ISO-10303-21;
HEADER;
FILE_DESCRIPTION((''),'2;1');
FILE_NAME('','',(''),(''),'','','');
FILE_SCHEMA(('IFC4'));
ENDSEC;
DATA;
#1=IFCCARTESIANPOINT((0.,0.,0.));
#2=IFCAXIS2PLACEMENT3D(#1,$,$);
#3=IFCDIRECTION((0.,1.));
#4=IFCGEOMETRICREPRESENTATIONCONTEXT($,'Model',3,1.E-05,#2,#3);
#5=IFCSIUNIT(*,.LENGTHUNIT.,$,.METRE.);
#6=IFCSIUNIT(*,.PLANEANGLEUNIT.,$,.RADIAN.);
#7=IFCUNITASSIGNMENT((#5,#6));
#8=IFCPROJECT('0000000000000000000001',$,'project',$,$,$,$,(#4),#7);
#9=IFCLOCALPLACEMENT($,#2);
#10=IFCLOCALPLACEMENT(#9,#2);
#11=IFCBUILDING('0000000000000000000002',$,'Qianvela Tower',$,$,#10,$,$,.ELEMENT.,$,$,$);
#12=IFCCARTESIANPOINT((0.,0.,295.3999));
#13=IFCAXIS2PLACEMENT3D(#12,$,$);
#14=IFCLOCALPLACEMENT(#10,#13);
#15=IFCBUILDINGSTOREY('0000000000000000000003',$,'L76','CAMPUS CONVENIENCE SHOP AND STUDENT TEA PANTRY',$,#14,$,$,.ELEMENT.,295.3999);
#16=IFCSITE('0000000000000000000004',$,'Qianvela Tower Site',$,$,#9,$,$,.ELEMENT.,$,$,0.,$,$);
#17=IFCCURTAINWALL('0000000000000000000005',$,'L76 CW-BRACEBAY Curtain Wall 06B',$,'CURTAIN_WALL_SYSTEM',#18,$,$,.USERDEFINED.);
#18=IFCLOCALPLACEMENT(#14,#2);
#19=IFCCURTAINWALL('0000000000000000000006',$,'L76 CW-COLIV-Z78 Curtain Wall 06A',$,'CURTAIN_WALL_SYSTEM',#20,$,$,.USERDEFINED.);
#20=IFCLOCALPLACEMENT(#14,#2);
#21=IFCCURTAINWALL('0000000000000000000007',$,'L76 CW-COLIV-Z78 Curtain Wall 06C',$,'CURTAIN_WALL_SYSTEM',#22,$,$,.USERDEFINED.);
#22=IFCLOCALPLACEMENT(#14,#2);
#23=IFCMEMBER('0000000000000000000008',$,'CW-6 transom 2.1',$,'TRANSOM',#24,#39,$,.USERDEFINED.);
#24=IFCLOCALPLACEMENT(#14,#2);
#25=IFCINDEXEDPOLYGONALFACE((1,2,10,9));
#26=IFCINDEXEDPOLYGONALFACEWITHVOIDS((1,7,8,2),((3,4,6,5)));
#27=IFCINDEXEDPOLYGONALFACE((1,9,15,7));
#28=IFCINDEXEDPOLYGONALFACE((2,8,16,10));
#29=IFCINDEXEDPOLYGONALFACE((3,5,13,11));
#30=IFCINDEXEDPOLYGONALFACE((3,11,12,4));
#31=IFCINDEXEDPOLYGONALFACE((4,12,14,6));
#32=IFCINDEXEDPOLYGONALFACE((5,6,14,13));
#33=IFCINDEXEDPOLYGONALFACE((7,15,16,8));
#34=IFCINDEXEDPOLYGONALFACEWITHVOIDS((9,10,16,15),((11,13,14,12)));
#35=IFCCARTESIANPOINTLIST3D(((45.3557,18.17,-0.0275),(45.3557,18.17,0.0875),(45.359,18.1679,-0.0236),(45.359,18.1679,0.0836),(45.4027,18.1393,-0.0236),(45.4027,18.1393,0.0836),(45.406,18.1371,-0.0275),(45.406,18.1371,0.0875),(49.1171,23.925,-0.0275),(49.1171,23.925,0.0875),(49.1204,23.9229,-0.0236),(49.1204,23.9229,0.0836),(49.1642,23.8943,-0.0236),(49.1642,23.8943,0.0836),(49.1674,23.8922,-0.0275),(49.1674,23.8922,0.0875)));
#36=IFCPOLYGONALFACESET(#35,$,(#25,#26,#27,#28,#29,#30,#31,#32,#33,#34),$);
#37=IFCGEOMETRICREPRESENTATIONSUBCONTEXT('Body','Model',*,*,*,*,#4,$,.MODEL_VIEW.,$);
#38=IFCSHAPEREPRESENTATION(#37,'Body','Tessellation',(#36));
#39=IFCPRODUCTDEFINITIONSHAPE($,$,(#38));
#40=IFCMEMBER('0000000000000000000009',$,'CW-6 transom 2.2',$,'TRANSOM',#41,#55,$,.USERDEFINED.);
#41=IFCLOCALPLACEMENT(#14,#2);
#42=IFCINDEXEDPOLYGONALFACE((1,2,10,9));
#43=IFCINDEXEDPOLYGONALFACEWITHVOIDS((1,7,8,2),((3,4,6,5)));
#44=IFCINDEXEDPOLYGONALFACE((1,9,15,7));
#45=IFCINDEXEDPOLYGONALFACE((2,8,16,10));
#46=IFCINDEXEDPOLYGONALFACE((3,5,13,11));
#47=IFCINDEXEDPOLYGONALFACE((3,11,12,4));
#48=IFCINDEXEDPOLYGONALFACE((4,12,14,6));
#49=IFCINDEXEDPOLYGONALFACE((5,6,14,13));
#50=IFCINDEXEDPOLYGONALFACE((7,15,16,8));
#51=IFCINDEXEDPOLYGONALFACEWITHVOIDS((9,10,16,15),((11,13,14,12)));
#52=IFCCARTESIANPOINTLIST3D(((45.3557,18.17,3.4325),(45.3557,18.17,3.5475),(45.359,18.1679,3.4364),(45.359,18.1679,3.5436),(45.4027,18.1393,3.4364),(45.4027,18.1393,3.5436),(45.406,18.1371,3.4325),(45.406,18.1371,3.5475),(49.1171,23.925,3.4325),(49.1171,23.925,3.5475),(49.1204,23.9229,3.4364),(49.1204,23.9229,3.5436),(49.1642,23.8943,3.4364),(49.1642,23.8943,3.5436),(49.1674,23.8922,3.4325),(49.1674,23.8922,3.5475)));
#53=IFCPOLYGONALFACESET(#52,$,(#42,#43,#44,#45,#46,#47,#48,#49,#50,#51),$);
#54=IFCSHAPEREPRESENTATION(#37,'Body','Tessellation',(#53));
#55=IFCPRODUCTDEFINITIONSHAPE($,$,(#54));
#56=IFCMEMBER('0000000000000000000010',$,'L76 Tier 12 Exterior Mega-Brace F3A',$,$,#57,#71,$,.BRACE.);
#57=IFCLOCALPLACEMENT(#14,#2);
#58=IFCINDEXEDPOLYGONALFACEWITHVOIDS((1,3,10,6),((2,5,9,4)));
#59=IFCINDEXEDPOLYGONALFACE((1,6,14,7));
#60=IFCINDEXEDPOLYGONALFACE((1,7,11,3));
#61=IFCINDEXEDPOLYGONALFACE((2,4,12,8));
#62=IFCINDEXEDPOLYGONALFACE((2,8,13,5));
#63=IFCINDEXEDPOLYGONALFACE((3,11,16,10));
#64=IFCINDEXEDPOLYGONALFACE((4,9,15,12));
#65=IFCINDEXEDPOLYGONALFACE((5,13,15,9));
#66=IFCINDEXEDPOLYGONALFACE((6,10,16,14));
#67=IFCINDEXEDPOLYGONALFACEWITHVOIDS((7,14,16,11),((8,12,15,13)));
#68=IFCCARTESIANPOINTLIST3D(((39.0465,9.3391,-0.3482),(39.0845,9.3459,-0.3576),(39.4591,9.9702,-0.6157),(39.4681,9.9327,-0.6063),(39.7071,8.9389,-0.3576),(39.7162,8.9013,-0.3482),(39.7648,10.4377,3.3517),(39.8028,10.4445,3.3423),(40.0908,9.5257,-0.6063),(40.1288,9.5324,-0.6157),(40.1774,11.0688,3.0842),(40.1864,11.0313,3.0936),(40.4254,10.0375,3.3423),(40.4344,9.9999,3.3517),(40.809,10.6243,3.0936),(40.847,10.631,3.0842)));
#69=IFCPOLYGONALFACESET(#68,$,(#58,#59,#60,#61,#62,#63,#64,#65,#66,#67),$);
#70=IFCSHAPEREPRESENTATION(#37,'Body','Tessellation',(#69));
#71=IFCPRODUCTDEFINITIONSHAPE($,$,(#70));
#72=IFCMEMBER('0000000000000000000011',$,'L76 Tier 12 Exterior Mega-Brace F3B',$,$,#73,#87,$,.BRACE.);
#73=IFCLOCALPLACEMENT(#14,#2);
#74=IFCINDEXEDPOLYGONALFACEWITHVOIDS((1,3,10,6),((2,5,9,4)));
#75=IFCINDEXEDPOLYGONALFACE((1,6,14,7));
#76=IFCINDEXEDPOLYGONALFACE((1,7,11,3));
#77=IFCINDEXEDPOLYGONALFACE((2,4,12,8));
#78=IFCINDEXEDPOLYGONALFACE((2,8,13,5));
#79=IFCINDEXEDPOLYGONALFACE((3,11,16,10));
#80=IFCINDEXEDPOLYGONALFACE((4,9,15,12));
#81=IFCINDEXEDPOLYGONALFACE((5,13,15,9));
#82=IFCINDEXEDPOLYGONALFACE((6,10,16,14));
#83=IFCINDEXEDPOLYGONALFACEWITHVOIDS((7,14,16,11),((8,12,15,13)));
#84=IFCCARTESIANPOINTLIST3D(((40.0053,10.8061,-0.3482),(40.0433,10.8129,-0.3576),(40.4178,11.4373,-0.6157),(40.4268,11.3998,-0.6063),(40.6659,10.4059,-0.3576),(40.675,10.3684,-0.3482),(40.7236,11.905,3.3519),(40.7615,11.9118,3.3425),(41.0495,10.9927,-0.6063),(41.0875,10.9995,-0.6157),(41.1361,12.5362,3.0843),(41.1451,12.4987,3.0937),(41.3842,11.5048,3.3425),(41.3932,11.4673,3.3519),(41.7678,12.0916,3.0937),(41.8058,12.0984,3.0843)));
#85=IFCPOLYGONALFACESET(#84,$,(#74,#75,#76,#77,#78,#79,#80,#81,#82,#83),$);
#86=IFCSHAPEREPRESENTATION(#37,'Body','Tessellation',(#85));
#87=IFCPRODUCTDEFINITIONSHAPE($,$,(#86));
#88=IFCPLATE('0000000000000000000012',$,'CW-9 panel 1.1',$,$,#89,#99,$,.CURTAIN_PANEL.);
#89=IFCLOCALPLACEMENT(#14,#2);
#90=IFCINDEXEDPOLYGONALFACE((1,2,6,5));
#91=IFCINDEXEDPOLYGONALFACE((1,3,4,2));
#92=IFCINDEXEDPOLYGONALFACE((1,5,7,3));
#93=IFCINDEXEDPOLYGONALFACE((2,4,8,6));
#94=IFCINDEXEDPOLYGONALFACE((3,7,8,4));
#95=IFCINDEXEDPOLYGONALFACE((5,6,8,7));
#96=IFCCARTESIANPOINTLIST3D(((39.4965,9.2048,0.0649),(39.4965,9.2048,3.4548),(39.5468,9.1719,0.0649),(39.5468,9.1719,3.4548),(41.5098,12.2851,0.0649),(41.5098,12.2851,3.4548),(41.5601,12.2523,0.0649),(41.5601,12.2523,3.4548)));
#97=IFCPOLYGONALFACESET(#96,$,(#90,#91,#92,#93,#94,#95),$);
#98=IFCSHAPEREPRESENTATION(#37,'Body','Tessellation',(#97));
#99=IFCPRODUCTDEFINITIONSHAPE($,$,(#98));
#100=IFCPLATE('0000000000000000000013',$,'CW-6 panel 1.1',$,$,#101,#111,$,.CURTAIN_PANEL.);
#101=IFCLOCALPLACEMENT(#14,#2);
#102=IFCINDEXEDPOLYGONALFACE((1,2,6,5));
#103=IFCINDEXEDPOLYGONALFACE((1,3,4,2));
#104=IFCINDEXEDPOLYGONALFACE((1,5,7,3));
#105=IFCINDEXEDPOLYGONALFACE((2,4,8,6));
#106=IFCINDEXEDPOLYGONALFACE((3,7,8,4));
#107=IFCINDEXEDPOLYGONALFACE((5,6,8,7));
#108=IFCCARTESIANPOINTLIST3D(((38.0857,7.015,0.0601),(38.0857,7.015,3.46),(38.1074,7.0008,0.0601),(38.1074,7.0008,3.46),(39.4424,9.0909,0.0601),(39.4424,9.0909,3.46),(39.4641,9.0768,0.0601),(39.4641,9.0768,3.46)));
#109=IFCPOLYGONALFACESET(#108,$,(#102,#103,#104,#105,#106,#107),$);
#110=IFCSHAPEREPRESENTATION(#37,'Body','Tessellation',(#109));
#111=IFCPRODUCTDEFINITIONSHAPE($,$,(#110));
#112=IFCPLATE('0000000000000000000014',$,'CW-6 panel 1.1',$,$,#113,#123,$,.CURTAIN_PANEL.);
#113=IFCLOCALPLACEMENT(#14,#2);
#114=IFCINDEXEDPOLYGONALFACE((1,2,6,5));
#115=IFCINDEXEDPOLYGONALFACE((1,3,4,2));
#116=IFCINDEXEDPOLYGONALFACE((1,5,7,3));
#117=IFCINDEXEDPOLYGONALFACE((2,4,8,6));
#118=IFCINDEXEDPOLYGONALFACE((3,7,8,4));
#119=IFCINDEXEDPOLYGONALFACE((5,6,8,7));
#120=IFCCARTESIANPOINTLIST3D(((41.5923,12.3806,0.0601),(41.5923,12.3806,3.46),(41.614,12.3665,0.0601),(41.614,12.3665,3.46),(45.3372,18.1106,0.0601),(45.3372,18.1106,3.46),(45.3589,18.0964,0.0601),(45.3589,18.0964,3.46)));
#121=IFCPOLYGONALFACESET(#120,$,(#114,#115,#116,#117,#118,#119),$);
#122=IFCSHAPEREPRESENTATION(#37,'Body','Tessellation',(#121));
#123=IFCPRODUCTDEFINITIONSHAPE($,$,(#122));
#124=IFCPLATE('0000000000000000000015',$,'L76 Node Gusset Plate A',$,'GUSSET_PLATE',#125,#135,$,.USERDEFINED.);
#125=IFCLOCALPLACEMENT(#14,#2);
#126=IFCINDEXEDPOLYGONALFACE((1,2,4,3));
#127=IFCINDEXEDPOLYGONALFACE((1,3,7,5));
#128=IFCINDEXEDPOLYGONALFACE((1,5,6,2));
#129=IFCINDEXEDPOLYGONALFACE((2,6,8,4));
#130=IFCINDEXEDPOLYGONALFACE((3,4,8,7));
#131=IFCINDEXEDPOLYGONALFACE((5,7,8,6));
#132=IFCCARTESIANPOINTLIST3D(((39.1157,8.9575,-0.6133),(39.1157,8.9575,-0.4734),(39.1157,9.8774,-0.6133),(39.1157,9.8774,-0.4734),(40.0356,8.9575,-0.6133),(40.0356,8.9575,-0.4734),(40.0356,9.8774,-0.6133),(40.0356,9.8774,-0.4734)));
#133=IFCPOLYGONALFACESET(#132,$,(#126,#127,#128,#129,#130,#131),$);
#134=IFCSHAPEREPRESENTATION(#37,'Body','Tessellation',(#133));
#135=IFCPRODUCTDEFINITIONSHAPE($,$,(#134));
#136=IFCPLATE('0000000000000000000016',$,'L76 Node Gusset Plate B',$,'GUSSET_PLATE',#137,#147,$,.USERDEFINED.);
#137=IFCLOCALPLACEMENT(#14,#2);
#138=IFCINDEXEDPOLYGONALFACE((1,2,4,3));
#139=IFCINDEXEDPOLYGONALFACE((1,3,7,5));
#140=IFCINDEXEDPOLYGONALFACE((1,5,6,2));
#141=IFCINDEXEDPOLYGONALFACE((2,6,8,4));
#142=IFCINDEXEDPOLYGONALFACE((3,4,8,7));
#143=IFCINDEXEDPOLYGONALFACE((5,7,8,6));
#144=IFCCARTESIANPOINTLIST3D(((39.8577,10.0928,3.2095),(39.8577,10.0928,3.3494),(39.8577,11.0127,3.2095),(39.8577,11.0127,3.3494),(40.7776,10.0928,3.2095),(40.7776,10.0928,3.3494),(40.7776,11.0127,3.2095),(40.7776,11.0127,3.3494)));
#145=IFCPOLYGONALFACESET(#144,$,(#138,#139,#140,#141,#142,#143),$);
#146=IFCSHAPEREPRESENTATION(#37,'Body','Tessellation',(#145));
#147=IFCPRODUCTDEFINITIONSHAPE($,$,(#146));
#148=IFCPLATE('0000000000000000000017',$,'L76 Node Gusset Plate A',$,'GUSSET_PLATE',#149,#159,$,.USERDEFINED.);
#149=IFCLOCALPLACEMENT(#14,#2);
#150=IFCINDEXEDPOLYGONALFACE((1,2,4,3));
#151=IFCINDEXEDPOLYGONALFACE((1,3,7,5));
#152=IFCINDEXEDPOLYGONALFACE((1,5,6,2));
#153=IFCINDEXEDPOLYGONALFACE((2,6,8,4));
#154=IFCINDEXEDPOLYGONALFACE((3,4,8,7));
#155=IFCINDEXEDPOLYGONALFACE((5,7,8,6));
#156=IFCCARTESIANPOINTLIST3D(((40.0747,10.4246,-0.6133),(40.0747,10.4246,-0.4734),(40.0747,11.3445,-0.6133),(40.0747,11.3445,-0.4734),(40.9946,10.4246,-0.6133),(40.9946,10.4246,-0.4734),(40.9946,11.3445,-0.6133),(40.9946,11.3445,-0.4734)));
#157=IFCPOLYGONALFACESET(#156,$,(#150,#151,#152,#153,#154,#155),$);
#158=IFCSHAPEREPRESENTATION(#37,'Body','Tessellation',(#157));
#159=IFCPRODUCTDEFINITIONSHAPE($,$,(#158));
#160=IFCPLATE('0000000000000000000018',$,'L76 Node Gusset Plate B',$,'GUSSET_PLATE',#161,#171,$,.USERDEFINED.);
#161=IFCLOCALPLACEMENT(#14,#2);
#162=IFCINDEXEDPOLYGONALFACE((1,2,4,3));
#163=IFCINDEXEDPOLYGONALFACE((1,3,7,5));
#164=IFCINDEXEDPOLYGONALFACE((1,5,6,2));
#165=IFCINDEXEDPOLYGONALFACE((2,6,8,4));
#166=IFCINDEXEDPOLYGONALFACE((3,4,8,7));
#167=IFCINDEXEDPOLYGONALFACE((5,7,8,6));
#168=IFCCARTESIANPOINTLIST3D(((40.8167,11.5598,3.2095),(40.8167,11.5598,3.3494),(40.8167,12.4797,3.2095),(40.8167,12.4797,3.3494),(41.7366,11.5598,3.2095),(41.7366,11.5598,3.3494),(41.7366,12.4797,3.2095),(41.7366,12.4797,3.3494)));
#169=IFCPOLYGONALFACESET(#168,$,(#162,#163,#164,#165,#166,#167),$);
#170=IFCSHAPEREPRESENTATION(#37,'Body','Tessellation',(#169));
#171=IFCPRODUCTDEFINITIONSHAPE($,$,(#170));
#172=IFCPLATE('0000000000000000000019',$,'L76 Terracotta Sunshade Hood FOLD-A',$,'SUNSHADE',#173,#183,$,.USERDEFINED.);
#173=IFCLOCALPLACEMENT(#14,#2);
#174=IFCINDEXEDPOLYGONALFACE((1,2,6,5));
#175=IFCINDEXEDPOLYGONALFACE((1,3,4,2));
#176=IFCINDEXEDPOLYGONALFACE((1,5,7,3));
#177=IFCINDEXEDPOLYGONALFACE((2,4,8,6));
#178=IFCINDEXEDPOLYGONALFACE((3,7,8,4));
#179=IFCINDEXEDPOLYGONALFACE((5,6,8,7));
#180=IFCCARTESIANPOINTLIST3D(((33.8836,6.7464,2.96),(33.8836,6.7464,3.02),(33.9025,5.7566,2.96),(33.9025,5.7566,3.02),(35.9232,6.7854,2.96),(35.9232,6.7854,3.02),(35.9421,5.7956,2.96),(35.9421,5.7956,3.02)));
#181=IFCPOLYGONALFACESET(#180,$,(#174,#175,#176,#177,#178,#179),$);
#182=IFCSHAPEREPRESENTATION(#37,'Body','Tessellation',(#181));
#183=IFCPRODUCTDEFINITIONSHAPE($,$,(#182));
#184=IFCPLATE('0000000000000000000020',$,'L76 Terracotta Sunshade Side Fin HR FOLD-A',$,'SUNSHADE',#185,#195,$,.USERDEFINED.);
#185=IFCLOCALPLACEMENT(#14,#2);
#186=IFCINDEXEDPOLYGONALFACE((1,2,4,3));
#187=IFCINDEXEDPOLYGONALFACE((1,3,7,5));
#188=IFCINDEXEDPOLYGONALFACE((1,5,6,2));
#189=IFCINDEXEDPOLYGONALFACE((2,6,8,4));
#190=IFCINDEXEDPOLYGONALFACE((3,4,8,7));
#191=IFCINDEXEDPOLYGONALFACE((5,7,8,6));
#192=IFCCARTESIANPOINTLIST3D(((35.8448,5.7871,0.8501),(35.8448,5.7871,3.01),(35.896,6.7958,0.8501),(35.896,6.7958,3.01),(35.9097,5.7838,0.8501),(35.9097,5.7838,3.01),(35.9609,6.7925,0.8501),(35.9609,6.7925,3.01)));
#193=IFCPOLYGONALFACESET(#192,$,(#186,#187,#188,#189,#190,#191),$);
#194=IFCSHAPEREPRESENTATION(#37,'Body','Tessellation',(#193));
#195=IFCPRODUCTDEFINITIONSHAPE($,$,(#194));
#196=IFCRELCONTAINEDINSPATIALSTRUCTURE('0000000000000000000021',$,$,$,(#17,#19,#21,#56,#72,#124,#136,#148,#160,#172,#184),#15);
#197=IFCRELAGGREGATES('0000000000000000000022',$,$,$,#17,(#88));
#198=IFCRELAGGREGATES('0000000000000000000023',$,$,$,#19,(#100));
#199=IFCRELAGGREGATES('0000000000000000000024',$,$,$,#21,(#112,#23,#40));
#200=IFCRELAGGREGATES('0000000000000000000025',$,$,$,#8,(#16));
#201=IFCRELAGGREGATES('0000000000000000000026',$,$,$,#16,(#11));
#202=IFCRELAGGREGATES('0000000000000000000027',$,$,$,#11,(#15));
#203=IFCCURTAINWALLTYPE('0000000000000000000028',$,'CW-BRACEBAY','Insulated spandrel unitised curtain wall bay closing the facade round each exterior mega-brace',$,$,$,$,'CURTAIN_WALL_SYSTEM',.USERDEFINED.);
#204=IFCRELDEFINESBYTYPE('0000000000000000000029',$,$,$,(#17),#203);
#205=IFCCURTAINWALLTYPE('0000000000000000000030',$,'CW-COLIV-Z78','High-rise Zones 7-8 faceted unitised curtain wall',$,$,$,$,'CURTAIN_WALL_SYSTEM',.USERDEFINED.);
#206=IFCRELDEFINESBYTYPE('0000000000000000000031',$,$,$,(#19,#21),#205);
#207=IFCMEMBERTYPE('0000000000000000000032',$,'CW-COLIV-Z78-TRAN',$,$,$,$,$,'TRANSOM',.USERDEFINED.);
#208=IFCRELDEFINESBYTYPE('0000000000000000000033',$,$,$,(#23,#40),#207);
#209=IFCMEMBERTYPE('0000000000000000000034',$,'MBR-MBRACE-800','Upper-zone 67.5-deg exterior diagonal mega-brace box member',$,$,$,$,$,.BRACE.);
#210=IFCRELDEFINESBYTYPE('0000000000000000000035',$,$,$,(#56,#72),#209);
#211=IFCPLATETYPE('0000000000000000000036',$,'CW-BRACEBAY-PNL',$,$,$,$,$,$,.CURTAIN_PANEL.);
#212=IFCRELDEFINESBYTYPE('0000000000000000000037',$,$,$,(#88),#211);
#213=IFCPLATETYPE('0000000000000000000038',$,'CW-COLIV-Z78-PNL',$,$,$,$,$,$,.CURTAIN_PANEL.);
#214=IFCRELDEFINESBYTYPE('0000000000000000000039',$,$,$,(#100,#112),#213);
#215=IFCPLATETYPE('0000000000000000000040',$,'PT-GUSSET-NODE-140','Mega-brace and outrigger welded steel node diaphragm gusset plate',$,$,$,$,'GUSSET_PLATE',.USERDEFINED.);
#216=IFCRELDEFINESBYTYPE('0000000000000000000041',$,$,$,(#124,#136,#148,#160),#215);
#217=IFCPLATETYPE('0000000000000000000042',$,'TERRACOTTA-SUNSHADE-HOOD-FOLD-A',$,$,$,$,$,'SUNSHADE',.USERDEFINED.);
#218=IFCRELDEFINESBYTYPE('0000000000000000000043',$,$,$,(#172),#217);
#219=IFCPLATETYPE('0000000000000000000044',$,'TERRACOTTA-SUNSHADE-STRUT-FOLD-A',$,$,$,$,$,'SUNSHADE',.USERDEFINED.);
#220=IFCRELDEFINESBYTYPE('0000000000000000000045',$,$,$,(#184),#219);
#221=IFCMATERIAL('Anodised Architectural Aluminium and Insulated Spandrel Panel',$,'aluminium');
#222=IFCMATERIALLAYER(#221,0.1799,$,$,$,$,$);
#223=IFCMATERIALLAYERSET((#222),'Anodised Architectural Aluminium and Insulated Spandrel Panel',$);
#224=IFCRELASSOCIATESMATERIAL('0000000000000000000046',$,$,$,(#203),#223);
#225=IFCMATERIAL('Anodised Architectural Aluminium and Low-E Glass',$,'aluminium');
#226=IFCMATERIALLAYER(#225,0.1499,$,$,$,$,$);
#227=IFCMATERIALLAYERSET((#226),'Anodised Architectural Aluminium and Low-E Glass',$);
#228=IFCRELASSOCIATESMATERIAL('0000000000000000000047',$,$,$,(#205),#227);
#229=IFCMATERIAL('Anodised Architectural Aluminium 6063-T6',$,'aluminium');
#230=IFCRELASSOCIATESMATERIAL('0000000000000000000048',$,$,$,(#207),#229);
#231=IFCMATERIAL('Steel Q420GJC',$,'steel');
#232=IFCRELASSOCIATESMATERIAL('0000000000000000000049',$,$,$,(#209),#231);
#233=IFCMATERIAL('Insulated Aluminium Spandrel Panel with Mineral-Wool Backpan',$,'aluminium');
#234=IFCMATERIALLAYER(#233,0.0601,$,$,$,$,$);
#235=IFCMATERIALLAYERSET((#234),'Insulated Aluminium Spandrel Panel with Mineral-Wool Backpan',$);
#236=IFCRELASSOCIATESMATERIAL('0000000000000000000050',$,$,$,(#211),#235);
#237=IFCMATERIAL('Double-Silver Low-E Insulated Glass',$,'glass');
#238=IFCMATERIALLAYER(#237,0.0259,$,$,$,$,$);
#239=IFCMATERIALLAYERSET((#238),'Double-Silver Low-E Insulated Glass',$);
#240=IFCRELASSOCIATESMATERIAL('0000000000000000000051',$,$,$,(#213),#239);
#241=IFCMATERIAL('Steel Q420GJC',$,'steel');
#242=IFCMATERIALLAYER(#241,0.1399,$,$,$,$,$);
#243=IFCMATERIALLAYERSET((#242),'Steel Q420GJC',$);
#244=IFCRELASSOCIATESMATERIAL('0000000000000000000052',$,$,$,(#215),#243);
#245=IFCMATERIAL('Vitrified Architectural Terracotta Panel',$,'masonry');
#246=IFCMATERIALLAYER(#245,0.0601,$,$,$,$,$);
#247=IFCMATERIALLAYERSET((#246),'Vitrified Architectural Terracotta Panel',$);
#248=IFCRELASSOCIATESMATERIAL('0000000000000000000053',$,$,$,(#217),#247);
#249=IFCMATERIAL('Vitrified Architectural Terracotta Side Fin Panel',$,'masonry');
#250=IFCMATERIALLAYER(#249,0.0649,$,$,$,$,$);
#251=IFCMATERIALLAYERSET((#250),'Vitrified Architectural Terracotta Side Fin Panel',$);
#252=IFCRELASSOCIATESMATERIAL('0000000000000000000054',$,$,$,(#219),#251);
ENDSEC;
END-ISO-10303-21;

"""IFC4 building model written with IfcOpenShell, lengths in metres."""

from ifc_helpers import new_model, si_unit, direction, frame, origin, origin_2d, place, context, subcontext, project, spatial, rectangle, hollow_rectangle, extrude, material, layer, layer_set, material_profile, profile_set, type_object, element, aggregate, save


model = new_model("IFC4")

# Units and contexts
model_context = context("Model", 3, precision=1e-05, world=origin(), true_north=direction((0.0, 1.0)))
body_context = subcontext(model_context, "Body", "Model", "MODEL_VIEW")
ifc_project = project(units=[si_unit("LENGTHUNIT", "METRE"), si_unit("PLANEANGLEUNIT", "RADIAN")], contexts=[model_context])

# Site, building, storey
site_placement = place(None, origin())
site = spatial("IfcSite", under=ifc_project, at=site_placement, Name="Qianvela Tower Site", CompositionType="ELEMENT", RefElevation=0.0)
building_placement = place(site_placement, origin())
building = spatial("IfcBuilding", under=site, at=building_placement, Name="Qianvela Tower", CompositionType="ELEMENT")
storey_placement = place(building_placement, frame((0.0, 0.0, 295.3999)))
storey = spatial("IfcBuildingStorey", under=building, at=storey_placement, Name="L76", Description="CAMPUS CONVENIENCE SHOP AND STUDENT TEA PANTRY", CompositionType="ELEMENT", Elevation=295.3999)

# Curtain walls
ifc_material_1 = material(Name="Anodised Architectural Aluminium and Insulated Spandrel Panel", Category="aluminium")
ifc_layer_1 = layer(ifc_material_1, 0.1799)
ifc_layer_set_1 = layer_set([ifc_layer_1], Name="Anodised Architectural Aluminium and Insulated Spandrel Panel")
curtain_wall_type_1 = type_object("IfcCurtainWallType", Name="CW-BRACEBAY", Description="Insulated spandrel unitised curtain wall bay closing the facade round each exterior mega-brace", ElementType="CURTAIN_WALL_SYSTEM", PredefinedType="USERDEFINED", material=ifc_layer_set_1)
curtain_wall_1_placement = place(storey_placement, origin())
curtain_wall_1 = element("IfcCurtainWall", 1, at=curtain_wall_1_placement, inside=storey, type_object=curtain_wall_type_1, Name="L76 CW-BRACEBAY Curtain Wall 06B", ObjectType="CURTAIN_WALL_SYSTEM", PredefinedType="USERDEFINED")
ifc_material_2 = material(Name="Anodised Architectural Aluminium and Low-E Glass", Category="aluminium")
ifc_layer_2 = layer(ifc_material_2, 0.1499)
ifc_layer_set_2 = layer_set([ifc_layer_2], Name="Anodised Architectural Aluminium and Low-E Glass")
curtain_wall_type_2 = type_object("IfcCurtainWallType", Name="CW-COLIV-Z78", Description="High-rise Zones 7-8 faceted unitised curtain wall", ElementType="CURTAIN_WALL_SYSTEM", PredefinedType="USERDEFINED", material=ifc_layer_set_2)
curtain_wall_2_placement = place(storey_placement, origin())
curtain_wall_2 = element("IfcCurtainWall", 2, at=curtain_wall_2_placement, inside=storey, type_object=curtain_wall_type_2, Name="L76 CW-COLIV-Z78 Curtain Wall 06A", ObjectType="CURTAIN_WALL_SYSTEM", PredefinedType="USERDEFINED")
curtain_wall_3_placement = place(storey_placement, origin())
curtain_wall_3 = element("IfcCurtainWall", 3, at=curtain_wall_3_placement, inside=storey, type_object=curtain_wall_type_2, Name="L76 CW-COLIV-Z78 Curtain Wall 06C", ObjectType="CURTAIN_WALL_SYSTEM", PredefinedType="USERDEFINED")

# Members
ifc_material_3 = material(Name="Anodised Architectural Aluminium 6063-T6", Category="aluminium")
ifc_material_profile_1 = material_profile(ifc_material_3, hollow_rectangle(XDim=0.0601, YDim=0.115, WallThickness=0.0039, at=origin_2d()), Name="ALU-TRAN-60x115")
ifc_profile_set_1 = profile_set([ifc_material_profile_1], Name="Anodised Architectural Aluminium 6063-T6")
member_type_1 = type_object("IfcMemberType", Name="CW-COLIV-Z78-TRAN", ElementType="TRANSOM", PredefinedType="USERDEFINED", material=ifc_profile_set_1)
member_1_placement = place(storey_placement, frame((45.3809, 18.1536, 0.03), z_axis=(0.547097, 0.837069, 0.0), x_axis=(-0.837069, 0.547097, 0.0)))
member_1 = element("IfcMember", 4, at=member_1_placement, type_object=member_type_1, Name="CW-6 transom 2.1", ObjectType="TRANSOM", PredefinedType="USERDEFINED", context=body_context, shape_type="SweptSolid", body=[
    extrude(hollow_rectangle(XDim=0.0601, YDim=0.115, WallThickness=0.0039, at=origin_2d()), origin(), (0.0, 0.0, 1.0), 6.8752),
])
member_2_placement = place(storey_placement, frame((45.3809, 18.1536, 3.49), z_axis=(0.547097, 0.837069, 0.0), x_axis=(-0.837069, 0.547097, 0.0)))
member_2 = element("IfcMember", 5, at=member_2_placement, type_object=member_type_1, Name="CW-6 transom 2.2", ObjectType="TRANSOM", PredefinedType="USERDEFINED", context=body_context, shape_type="SweptSolid", body=[
    extrude(hollow_rectangle(XDim=0.0601, YDim=0.115, WallThickness=0.0039, at=origin_2d()), origin(), (0.0, 0.0, 1.0), 6.8752),
])

# Members
ifc_material_4 = material(Name="Steel Q420GJC", Category="steel")
ifc_material_profile_2 = material_profile(ifc_material_4, hollow_rectangle(XDim=0.8, YDim=0.8, WallThickness=0.0281, at=origin_2d()), Name="MBOX-800x800x28")
ifc_profile_set_2 = profile_set([ifc_material_profile_2], Name="Steel Q420GJC")
member_type_2 = type_object("IfcMemberType", Name="MBR-MBRACE-800", Description="Upper-zone 67.5-deg exterior diagonal mega-brace box member", PredefinedType="BRACE", material=ifc_profile_set_2)
member_3_placement = place(storey_placement, frame((39.5876, 9.4358, -0.4819), z_axis=(0.182956, 0.279844, 0.942451), x_axis=(-0.836996, 0.547209, 0.0)))
element("IfcMember", 6, at=member_3_placement, inside=storey, type_object=member_type_2, Name="L76 Tier 12 Exterior Mega-Brace F3A", PredefinedType="BRACE", context=body_context, shape_type="SweptSolid", body=[
    extrude(hollow_rectangle(XDim=0.8, YDim=0.8, WallThickness=0.0281, at=origin_2d()), origin(), (0.0, 0.0, 1.0), 3.9258),
])
member_4_placement = place(storey_placement, frame((40.5464, 10.9028, -0.4819), z_axis=(0.182952, 0.279901, 0.942435), x_axis=(-0.837052, 0.547124, 0.0)))
element("IfcMember", 7, at=member_4_placement, inside=storey, type_object=member_type_2, Name="L76 Tier 12 Exterior Mega-Brace F3B", PredefinedType="BRACE", context=body_context, shape_type="SweptSolid", body=[
    extrude(hollow_rectangle(XDim=0.8, YDim=0.8, WallThickness=0.0281, at=origin_2d()), origin(), (0.0, 0.0, 1.0), 3.926),
])

# Plates
ifc_material_5 = material(Name="Insulated Aluminium Spandrel Panel with Mineral-Wool Backpan", Category="aluminium")
ifc_layer_3 = layer(ifc_material_5, 0.0601)
ifc_layer_set_3 = layer_set([ifc_layer_3], Name="Insulated Aluminium Spandrel Panel with Mineral-Wool Backpan")
plate_type_1 = type_object("IfcPlateType", Name="CW-BRACEBAY-PNL", PredefinedType="CURTAIN_PANEL", material=ifc_layer_set_3)
plate_1_placement = place(storey_placement, frame((40.5283, 10.7285, 0.0649), z_axis=(0.0, 0.0, 1.0), x_axis=(0.547094, 0.837071, 0.0)))
plate_1 = element("IfcPlate", 8, at=plate_1_placement, type_object=plate_type_1, Name="CW-9 panel 1.1", PredefinedType="CURTAIN_PANEL", context=body_context, shape_type="SweptSolid", body=[
    extrude(rectangle(XDim=3.6799, YDim=0.0601, at=origin_2d()), origin(), (0.0, 0.0, 1.0), 3.3899),
])
aggregate(curtain_wall_1, [plate_1])
ifc_material_6 = material(Name="Double-Silver Low-E Insulated Glass", Category="glass")
ifc_layer_4 = layer(ifc_material_6, 0.0259)
ifc_layer_set_4 = layer_set([ifc_layer_4], Name="Double-Silver Low-E Insulated Glass")
plate_type_2 = type_object("IfcPlateType", Name="CW-COLIV-Z78-PNL", PredefinedType="CURTAIN_PANEL", material=ifc_layer_set_4)
plate_2_placement = place(storey_placement, frame((38.7749, 8.0459, 0.0601), z_axis=(0.0, 0.0, 1.0), x_axis=(0.547079, 0.837081, 0.0)))
plate_2 = element("IfcPlate", 9, at=plate_2_placement, type_object=plate_type_2, Name="CW-6 panel 1.1", PredefinedType="CURTAIN_PANEL", context=body_context, shape_type="SweptSolid", body=[
    extrude(rectangle(XDim=2.48, YDim=0.0259, at=origin_2d()), origin(), (0.0, 0.0, 1.0), 3.3999),
])
aggregate(curtain_wall_2, [plate_2])
plate_3_placement = place(storey_placement, frame((43.4756, 15.2385, 0.0601), z_axis=(0.0, 0.0, 1.0), x_axis=(0.547081, 0.83708, 0.0)))
plate_3 = element("IfcPlate", 10, at=plate_3_placement, type_object=plate_type_2, Name="CW-6 panel 1.1", PredefinedType="CURTAIN_PANEL", context=body_context, shape_type="SweptSolid", body=[
    extrude(rectangle(XDim=6.8452, YDim=0.0259, at=origin_2d()), origin(), (0.0, 0.0, 1.0), 3.3999),
])
aggregate(curtain_wall_3, [plate_3, member_1, member_2])

# Plates
ifc_material_7 = material(Name="Steel Q420GJC", Category="steel")
ifc_layer_5 = layer(ifc_material_7, 0.1399)
ifc_layer_set_5 = layer_set([ifc_layer_5], Name="Steel Q420GJC")
plate_type_3 = type_object("IfcPlateType", Name="PT-GUSSET-NODE-140", Description="Mega-brace and outrigger welded steel node diaphragm gusset plate", ElementType="GUSSET_PLATE", PredefinedType="USERDEFINED", material=ifc_layer_set_5)
for number, where, z_axis, x_axis, name in (
    (11, (39.5757, 9.4175, -0.6133), (0.0, 0.0, 1.0), (1.0, 0.0, 0.0), "L76 Node Gusset Plate A"),
    (12, (40.3176, 10.5527, 3.2095), (0.0, 0.0, 1.0), (1.0, 0.0, 0.0), "L76 Node Gusset Plate B"),
    (13, (40.5347, 10.8845, -0.6133), (0.0, 0.0, 1.0), (1.0, 0.0, 0.0), "L76 Node Gusset Plate A"),
    (14, (41.2766, 12.0198, 3.2095), (0.0, 0.0, 1.0), (1.0, 0.0, 0.0), "L76 Node Gusset Plate B"),
):
    element("IfcPlate", number, at=place(storey_placement, frame(where, z_axis=z_axis, x_axis=x_axis)), inside=storey, type_object=plate_type_3, Name=name, ObjectType="GUSSET_PLATE", PredefinedType="USERDEFINED", context=body_context, shape_type="SweptSolid", body=[
        extrude(rectangle(XDim=0.9199, YDim=0.9199, at=origin_2d()), origin(), (0.0, 0.0, 1.0), 0.1399),
    ])
ifc_material_8 = material(Name="Vitrified Architectural Terracotta Panel", Category="masonry")
ifc_layer_6 = layer(ifc_material_8, 0.0601)
ifc_layer_set_6 = layer_set([ifc_layer_6], Name="Vitrified Architectural Terracotta Panel")
plate_type_4 = type_object("IfcPlateType", Name="TERRACOTTA-SUNSHADE-HOOD-FOLD-A", ElementType="SUNSHADE", PredefinedType="USERDEFINED", material=ifc_layer_set_6)
plate_4_placement = place(storey_placement, frame((34.9128, 6.271, 2.96), z_axis=(0.0, 0.0, 1.0), x_axis=(0.999818, 0.019098, 0.0)))
element("IfcPlate", 15, at=plate_4_placement, inside=storey, type_object=plate_type_4, Name="L76 Terracotta Sunshade Hood FOLD-A", ObjectType="SUNSHADE", PredefinedType="USERDEFINED", context=body_context, shape_type="SweptSolid", body=[
    extrude(rectangle(XDim=2.04, YDim=0.99, at=origin_2d()), origin(), (0.0, 0.0, 1.0), 0.0601),
])
ifc_material_9 = material(Name="Vitrified Architectural Terracotta Side Fin Panel", Category="masonry")
ifc_layer_7 = layer(ifc_material_9, 0.0649)
ifc_layer_set_7 = layer_set([ifc_layer_7], Name="Vitrified Architectural Terracotta Side Fin Panel")
plate_type_5 = type_object("IfcPlateType", Name="TERRACOTTA-SUNSHADE-STRUT-FOLD-A", ElementType="SUNSHADE", PredefinedType="USERDEFINED", material=ifc_layer_set_7)
plate_5_placement = place(storey_placement, frame((35.9028, 6.2898, 0.8501), z_axis=(0.0, 0.0, 1.0), x_axis=(0.998714, -0.050692, 0.0)))
element("IfcPlate", 16, at=plate_5_placement, inside=storey, type_object=plate_type_5, Name="L76 Terracotta Sunshade Side Fin HR FOLD-A", ObjectType="SUNSHADE", PredefinedType="USERDEFINED", context=body_context, shape_type="SweptSolid", body=[
    extrude(rectangle(XDim=0.0649, YDim=1.01, at=origin_2d()), origin(), (0.0, 0.0, 1.0), 2.1599),
])

save(model, "model.ifc")
